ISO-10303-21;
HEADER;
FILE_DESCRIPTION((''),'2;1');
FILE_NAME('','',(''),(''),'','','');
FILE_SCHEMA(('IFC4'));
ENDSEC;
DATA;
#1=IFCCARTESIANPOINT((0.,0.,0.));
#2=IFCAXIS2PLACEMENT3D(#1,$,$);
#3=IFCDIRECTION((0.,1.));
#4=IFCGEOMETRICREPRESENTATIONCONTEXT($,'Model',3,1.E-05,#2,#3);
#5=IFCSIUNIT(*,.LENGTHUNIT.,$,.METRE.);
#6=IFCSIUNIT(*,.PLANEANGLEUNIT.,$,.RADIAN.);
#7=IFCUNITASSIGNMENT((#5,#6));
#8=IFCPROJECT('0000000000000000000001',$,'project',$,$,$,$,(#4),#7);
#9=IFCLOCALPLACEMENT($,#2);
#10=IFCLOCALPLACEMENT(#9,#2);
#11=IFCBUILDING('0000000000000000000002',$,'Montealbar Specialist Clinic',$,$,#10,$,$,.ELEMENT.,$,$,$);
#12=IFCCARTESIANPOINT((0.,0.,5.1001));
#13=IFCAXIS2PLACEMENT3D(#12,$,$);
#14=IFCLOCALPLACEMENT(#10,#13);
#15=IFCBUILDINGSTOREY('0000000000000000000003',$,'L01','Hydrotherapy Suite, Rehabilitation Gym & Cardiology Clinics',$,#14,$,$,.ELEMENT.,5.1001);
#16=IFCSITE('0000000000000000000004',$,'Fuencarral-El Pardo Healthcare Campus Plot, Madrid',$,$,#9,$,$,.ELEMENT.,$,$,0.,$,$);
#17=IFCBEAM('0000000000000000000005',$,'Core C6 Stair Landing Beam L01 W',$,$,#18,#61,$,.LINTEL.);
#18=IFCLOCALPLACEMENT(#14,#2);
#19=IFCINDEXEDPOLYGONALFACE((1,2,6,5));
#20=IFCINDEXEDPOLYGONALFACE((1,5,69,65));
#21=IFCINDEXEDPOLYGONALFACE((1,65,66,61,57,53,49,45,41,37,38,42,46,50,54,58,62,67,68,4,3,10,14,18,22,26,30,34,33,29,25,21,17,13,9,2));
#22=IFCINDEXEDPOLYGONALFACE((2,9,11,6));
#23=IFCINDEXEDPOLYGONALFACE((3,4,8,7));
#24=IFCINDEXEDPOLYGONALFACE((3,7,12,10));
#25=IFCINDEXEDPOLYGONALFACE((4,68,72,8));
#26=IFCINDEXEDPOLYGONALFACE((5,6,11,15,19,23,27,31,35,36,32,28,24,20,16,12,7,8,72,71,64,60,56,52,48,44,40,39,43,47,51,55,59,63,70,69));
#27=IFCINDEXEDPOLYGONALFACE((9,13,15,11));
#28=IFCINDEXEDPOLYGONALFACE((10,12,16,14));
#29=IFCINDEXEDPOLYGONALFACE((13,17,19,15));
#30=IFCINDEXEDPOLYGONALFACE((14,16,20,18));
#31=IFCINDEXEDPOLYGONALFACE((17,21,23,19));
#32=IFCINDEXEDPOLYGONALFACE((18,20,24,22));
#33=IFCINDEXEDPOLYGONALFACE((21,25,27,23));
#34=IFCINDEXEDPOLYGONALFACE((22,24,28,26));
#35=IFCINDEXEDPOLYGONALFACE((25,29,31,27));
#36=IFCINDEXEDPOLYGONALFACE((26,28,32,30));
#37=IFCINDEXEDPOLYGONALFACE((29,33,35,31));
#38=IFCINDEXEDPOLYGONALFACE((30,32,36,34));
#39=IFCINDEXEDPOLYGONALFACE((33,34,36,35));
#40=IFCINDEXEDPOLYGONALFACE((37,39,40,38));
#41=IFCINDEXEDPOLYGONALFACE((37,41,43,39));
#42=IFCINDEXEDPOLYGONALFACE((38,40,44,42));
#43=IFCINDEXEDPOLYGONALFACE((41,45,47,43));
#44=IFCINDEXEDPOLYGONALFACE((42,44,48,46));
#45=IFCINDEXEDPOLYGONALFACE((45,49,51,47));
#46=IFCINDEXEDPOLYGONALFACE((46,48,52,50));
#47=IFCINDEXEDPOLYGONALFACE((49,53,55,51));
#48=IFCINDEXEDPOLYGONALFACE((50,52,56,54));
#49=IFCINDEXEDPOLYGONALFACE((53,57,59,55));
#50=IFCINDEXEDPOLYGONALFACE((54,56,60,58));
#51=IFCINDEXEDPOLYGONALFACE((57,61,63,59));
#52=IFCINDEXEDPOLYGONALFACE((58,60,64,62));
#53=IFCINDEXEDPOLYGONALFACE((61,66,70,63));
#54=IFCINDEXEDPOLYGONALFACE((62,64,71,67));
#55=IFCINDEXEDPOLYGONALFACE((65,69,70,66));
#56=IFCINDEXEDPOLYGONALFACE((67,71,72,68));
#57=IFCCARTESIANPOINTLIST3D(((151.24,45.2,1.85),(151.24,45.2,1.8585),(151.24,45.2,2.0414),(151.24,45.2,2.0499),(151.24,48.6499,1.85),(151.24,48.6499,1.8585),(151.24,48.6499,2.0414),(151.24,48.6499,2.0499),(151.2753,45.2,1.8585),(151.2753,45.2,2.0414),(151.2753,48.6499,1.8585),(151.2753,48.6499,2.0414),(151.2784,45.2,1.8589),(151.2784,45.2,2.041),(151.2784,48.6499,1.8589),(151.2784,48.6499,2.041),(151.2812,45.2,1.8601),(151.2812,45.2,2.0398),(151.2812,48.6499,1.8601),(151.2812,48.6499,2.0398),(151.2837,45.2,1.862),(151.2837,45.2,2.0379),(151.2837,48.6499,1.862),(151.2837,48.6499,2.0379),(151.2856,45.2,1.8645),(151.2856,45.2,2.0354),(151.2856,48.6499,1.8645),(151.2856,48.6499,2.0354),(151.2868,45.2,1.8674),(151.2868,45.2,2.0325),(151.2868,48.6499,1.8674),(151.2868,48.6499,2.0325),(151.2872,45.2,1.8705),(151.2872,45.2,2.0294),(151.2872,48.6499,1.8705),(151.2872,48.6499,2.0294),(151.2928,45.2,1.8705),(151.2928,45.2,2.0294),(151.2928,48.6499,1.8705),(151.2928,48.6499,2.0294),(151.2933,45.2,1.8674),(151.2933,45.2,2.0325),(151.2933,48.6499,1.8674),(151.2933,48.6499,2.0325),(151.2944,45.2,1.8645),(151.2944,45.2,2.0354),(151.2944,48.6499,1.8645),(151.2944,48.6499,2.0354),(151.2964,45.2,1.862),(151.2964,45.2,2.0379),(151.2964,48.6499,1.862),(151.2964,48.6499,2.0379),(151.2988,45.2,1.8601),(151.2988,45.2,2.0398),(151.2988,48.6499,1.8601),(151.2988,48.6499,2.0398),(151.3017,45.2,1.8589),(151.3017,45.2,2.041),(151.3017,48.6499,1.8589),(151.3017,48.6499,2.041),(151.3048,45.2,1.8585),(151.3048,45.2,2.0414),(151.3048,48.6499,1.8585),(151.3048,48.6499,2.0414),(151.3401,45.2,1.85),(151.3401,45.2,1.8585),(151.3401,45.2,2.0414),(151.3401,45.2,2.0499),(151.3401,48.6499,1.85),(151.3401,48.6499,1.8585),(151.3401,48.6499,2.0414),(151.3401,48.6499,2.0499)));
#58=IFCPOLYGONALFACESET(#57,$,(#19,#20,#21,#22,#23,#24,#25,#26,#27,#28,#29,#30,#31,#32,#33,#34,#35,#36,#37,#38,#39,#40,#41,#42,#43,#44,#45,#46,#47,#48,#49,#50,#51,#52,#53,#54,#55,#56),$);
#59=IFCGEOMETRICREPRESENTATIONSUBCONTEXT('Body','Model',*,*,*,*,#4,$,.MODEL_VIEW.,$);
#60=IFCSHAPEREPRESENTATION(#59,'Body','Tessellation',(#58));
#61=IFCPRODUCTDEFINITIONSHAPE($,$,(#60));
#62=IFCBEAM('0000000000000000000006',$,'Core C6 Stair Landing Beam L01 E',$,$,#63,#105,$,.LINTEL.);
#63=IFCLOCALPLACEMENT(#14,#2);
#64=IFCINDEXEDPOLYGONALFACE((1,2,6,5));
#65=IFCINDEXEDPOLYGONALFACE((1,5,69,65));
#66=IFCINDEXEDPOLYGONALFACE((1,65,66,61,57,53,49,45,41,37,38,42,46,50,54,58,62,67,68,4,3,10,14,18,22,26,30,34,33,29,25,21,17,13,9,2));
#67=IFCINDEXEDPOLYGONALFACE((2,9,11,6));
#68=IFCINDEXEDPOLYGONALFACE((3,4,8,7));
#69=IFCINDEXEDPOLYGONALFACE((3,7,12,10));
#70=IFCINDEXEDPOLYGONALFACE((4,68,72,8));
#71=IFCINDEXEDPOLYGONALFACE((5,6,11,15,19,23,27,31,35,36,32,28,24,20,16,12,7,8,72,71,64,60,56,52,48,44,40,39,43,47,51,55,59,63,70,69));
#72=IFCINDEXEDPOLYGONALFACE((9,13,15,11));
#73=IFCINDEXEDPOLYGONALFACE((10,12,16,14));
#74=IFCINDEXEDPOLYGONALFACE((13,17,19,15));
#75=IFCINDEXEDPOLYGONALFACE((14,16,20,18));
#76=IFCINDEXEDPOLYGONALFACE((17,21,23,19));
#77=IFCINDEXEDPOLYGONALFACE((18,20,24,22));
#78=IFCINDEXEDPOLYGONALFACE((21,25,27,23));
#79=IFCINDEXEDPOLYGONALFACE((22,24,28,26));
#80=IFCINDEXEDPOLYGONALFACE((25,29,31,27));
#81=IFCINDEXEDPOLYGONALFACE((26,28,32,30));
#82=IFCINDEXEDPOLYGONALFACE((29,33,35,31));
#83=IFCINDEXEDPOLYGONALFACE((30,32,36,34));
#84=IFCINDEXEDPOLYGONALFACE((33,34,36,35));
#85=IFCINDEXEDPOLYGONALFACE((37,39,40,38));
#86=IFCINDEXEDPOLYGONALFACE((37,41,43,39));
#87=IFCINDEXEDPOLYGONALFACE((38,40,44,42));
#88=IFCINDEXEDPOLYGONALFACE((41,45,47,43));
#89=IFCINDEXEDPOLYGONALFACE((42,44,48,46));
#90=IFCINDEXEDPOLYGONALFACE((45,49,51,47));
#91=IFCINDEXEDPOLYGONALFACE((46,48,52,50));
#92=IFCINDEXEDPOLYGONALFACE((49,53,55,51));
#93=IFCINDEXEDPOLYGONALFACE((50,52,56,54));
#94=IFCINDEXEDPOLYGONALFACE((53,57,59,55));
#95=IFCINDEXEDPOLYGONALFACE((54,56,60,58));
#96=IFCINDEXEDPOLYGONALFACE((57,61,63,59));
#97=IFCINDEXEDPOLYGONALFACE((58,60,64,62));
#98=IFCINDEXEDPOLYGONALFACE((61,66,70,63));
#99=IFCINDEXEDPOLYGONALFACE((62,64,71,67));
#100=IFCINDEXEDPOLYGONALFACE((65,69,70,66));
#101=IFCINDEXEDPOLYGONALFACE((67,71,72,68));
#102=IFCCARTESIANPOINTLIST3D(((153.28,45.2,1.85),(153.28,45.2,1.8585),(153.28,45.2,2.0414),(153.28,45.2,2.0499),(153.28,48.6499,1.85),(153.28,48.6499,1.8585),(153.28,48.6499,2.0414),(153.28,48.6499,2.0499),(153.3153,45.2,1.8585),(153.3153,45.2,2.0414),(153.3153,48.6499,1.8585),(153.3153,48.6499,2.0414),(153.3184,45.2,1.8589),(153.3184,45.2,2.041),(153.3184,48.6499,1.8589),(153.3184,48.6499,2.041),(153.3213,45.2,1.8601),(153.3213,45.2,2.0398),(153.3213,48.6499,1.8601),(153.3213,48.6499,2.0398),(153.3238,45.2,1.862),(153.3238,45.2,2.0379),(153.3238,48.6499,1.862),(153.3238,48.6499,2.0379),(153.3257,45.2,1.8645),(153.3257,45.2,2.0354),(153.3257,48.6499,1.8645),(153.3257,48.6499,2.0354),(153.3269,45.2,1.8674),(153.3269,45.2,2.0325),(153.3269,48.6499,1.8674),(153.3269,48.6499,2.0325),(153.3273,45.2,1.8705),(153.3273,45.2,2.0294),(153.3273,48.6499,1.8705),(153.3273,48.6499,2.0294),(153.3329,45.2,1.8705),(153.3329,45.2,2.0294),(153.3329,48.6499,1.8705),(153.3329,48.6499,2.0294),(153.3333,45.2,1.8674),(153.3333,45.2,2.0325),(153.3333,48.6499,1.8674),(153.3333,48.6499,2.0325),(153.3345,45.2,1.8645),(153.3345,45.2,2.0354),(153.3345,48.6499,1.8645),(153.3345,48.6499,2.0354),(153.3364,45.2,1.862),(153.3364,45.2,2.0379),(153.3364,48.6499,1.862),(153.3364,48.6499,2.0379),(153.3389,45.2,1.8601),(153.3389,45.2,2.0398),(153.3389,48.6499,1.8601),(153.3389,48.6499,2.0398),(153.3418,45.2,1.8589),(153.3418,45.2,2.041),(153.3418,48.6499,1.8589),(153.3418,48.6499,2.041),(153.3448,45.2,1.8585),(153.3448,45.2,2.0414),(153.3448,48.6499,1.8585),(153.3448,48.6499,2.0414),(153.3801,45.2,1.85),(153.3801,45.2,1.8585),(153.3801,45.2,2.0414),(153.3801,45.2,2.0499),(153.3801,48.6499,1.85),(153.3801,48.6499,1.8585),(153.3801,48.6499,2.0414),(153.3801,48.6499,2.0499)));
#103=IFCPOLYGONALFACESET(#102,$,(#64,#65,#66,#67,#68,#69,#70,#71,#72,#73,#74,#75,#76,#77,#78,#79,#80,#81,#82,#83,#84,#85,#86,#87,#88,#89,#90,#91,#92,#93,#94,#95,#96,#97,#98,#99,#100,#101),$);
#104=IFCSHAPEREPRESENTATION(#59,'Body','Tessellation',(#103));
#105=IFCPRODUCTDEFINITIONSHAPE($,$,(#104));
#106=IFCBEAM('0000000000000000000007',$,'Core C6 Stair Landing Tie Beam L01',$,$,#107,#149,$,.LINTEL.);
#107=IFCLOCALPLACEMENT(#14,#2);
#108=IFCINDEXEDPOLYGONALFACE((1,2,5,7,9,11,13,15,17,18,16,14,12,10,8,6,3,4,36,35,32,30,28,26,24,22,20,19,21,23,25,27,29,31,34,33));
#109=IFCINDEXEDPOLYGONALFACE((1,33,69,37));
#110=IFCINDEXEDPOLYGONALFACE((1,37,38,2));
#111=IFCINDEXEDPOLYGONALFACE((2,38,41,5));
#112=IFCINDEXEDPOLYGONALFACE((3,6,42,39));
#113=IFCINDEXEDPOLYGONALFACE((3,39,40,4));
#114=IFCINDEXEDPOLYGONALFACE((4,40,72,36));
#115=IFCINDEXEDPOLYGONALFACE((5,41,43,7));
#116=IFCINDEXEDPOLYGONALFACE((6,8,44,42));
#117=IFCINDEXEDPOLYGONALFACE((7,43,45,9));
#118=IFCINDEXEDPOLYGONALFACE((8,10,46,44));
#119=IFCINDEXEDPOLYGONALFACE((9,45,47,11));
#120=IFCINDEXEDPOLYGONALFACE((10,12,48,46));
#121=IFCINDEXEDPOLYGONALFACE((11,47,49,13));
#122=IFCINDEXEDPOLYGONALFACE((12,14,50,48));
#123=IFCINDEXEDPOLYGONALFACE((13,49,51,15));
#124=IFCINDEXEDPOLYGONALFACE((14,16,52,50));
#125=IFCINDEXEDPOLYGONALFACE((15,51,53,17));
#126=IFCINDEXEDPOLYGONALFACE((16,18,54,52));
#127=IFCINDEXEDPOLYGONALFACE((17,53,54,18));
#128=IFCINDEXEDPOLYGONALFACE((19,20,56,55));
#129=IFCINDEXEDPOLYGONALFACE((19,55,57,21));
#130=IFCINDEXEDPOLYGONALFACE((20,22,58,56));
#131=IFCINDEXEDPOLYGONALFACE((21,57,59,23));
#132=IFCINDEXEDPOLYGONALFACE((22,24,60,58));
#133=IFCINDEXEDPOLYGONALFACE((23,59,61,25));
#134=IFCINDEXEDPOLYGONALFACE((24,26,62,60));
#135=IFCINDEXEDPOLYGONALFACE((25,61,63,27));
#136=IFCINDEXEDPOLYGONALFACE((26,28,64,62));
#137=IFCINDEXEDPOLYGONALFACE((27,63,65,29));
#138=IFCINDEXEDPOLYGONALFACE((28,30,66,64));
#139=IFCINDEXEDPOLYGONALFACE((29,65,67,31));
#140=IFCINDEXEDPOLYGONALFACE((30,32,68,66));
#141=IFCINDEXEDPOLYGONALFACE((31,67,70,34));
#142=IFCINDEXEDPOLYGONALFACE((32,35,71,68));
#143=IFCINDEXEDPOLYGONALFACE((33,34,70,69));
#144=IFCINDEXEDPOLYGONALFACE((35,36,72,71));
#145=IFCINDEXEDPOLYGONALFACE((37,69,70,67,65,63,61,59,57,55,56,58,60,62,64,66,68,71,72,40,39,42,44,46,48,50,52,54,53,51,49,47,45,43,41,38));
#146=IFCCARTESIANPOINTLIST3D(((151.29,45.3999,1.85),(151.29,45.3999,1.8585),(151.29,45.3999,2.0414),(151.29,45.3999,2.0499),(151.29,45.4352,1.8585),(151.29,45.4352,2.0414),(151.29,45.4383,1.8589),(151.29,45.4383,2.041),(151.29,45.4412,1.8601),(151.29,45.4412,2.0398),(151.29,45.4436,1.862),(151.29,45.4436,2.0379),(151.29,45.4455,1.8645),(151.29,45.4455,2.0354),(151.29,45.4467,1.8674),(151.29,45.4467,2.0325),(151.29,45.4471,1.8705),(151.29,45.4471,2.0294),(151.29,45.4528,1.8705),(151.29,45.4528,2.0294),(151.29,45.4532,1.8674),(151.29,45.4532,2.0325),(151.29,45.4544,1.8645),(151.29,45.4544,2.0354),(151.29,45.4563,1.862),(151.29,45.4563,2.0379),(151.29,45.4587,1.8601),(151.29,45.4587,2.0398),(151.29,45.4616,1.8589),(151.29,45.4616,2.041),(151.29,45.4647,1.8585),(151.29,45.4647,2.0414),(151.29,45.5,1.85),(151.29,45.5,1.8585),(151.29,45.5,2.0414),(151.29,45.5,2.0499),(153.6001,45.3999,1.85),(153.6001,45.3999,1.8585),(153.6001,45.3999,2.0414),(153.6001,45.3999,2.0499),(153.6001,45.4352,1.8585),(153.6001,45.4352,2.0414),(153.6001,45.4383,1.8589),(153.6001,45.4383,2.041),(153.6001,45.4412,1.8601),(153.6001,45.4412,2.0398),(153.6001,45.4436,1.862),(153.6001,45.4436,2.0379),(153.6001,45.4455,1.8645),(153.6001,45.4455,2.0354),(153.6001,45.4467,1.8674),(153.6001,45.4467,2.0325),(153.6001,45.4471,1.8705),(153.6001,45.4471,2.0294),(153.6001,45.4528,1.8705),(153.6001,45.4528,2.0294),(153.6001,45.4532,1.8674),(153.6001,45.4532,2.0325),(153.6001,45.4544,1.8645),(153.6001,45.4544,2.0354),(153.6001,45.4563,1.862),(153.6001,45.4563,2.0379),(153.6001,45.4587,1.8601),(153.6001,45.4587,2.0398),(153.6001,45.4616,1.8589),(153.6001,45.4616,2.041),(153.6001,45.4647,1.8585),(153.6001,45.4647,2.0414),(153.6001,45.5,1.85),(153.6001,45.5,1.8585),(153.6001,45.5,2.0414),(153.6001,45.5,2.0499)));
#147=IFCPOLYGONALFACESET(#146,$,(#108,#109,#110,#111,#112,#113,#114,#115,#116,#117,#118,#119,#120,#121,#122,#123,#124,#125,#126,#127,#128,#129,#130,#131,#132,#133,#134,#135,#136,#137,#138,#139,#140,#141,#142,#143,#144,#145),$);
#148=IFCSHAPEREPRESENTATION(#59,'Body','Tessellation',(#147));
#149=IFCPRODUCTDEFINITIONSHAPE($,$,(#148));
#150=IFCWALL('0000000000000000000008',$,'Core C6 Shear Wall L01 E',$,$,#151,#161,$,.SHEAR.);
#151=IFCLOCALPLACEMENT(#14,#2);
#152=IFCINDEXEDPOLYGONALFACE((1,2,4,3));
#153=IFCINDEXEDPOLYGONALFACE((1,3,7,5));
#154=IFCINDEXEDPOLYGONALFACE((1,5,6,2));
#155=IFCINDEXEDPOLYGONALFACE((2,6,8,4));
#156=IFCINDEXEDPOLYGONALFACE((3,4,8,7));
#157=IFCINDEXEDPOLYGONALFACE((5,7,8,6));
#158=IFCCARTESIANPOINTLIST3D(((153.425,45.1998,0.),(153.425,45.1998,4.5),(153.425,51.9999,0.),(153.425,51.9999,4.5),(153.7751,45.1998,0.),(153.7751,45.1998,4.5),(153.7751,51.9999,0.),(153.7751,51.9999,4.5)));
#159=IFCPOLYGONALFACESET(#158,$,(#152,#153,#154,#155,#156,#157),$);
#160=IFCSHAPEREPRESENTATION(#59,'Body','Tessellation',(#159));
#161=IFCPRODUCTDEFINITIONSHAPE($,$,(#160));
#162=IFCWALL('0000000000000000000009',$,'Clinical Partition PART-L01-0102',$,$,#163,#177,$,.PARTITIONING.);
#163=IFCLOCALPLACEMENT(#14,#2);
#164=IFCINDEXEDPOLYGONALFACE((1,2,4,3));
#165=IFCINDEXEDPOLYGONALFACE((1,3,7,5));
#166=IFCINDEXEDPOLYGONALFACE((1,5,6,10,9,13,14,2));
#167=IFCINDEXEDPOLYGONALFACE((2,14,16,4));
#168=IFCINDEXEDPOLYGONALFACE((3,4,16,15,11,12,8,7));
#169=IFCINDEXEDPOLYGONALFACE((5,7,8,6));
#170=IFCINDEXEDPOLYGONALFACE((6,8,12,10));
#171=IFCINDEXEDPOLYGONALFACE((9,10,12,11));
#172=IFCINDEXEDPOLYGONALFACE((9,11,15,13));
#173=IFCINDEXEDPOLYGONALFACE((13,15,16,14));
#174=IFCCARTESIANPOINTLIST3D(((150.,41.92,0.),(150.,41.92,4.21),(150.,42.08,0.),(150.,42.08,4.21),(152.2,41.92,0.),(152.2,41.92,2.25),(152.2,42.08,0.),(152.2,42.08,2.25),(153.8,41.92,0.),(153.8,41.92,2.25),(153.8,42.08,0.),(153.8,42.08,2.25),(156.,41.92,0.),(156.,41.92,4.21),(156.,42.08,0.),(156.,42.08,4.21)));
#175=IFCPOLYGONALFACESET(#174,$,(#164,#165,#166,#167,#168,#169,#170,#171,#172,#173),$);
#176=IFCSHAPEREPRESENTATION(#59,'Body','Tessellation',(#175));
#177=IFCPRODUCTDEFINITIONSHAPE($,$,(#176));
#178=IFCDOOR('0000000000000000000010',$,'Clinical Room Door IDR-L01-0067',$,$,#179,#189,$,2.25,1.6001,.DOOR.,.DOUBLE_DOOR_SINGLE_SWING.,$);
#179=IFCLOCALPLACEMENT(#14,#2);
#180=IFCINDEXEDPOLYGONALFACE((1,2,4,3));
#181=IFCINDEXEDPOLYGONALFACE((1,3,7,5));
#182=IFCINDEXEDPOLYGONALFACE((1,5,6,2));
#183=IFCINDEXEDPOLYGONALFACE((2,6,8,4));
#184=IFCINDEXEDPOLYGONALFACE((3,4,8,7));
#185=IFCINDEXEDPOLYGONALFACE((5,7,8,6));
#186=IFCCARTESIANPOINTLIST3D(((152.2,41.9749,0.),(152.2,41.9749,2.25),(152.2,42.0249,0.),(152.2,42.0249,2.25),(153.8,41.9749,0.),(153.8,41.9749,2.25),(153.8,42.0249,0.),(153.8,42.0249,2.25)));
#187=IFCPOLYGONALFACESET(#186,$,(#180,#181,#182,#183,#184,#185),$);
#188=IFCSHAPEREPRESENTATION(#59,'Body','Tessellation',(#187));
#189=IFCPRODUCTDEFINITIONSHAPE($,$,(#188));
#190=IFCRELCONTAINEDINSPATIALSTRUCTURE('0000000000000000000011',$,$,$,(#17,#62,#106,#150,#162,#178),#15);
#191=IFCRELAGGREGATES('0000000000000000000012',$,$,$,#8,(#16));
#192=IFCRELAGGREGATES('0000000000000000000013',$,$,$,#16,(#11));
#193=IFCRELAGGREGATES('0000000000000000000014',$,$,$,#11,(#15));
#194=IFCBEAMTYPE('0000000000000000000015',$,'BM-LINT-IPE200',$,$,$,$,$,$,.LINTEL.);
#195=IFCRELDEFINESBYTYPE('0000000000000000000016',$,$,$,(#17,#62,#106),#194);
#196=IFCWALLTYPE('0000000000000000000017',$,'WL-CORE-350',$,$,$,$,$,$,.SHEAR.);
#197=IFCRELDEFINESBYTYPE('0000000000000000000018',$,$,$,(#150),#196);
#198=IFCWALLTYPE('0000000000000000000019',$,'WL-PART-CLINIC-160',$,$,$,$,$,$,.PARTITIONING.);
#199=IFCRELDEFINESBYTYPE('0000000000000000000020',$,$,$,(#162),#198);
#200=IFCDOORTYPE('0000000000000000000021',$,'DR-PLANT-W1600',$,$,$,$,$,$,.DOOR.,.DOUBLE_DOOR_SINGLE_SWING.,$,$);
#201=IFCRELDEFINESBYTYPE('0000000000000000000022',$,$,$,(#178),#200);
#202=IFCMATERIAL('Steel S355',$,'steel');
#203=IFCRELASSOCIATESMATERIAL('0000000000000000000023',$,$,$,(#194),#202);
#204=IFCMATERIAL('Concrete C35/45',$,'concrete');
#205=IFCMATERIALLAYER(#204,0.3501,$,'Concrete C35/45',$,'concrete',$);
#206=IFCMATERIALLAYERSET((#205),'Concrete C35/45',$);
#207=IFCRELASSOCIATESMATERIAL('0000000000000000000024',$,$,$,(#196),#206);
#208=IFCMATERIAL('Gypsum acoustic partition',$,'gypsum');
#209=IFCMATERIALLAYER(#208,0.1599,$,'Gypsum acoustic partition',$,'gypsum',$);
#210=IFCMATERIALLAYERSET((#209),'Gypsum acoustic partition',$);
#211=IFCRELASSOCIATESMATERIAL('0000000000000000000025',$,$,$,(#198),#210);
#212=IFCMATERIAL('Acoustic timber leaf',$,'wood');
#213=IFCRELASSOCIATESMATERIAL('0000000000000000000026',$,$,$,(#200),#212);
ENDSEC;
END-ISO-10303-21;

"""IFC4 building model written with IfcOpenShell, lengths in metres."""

from ifc_helpers import new_model, si_unit, direction, frame, frame_2d, origin, origin_2d, place, context, subcontext, project, spatial, rectangle, i_section, extrude, material, layer, layer_set, material_profile, profile_set, type_object, element, fill, save


model = new_model("IFC4")

# Units and contexts
model_context = context("Model", 3, precision=1e-05, world=origin(), true_north=direction((0.0, 1.0)))
body_context = subcontext(model_context, "Body", "Model", "MODEL_VIEW")
ifc_project = project(units=[si_unit("LENGTHUNIT", "METRE"), si_unit("PLANEANGLEUNIT", "RADIAN")], contexts=[model_context])

# Site, building, storey
site_placement = place(None, origin())
site = spatial("IfcSite", under=ifc_project, at=site_placement, Name="Fuencarral-El Pardo Healthcare Campus Plot, Madrid", CompositionType="ELEMENT", RefElevation=0.0)
building_placement = place(site_placement, origin())
building = spatial("IfcBuilding", under=site, at=building_placement, Name="Montealbar Specialist Clinic", CompositionType="ELEMENT")
storey_placement = place(building_placement, frame((0.0, 0.0, 5.1001)))
storey = spatial("IfcBuildingStorey", under=building, at=storey_placement, Name="L01", Description="Hydrotherapy Suite, Rehabilitation Gym & Cardiology Clinics", CompositionType="ELEMENT", Elevation=5.1001)

# Shared definitions
ifc_material_1 = material(Name="Steel S355", Category="steel")

# Beams
ifc_material_profile_1 = material_profile(ifc_material_1, i_section(OverallWidth=0.1001, OverallDepth=0.2, WebThickness=0.0056, FlangeThickness=0.0085, FilletRadius=0.012, at=origin_2d()), Name="IPE 200", Category="steel")
ifc_profile_set_1 = profile_set([ifc_material_profile_1], Name="Steel S355")
beam_type_1 = type_object("IfcBeamType", Name="BM-LINT-IPE200", PredefinedType="LINTEL", material=ifc_profile_set_1)
for number, where, z_axis, x_axis, name in (
    (1, (151.29, 45.2, 1.95), (0.0, 1.0, 0.0), (-1.0, 0.0, 0.0), "Core C6 Stair Landing Beam L01 W"),
    (2, (153.3301, 45.2, 1.95), (0.0, 1.0, 0.0), (-1.0, 0.0, 0.0), "Core C6 Stair Landing Beam L01 E"),
):
    element("IfcBeam", number, at=place(storey_placement, frame(where, z_axis=z_axis, x_axis=x_axis)), inside=storey, type_object=beam_type_1, Name=name, PredefinedType="LINTEL", context=body_context, shape_type="SweptSolid", body=[
        extrude(i_section(OverallWidth=0.1001, OverallDepth=0.2, WebThickness=0.0056, FlangeThickness=0.0085, FilletRadius=0.012, at=origin_2d()), origin(), (0.0, 0.0, 1.0), 3.45),
    ])
beam_1_placement = place(storey_placement, frame((151.29, 45.45, 1.95), z_axis=(1.0, 0.0, 0.0), x_axis=(0.0, 1.0, 0.0)))
element("IfcBeam", 3, at=beam_1_placement, inside=storey, type_object=beam_type_1, Name="Core C6 Stair Landing Tie Beam L01", PredefinedType="LINTEL", context=body_context, shape_type="SweptSolid", body=[
    extrude(i_section(OverallWidth=0.1001, OverallDepth=0.2, WebThickness=0.0056, FlangeThickness=0.0085, FilletRadius=0.012, at=origin_2d()), origin(), (0.0, 0.0, 1.0), 2.3101),
])

# Wall
ifc_material_2 = material(Name="Concrete C35/45", Category="concrete")
ifc_layer_1 = layer(ifc_material_2, 0.3501, Name="Concrete C35/45", Category="concrete")
ifc_layer_set_1 = layer_set([ifc_layer_1], Name="Concrete C35/45")
wall_type_1 = type_object("IfcWallType", Name="WL-CORE-350", PredefinedType="SHEAR", material=ifc_layer_set_1)
wall_1_placement = place(storey_placement, frame((153.6001, 45.2, 0.0), z_axis=(0.0, 0.0, 1.0), x_axis=(0.0, 1.0, 0.0)))
element("IfcWall", 4, at=wall_1_placement, inside=storey, type_object=wall_type_1, Name="Core C6 Shear Wall L01 E", PredefinedType="SHEAR", context=body_context, shape_type="SweptSolid", body=[
    extrude(rectangle(XDim=6.8, YDim=0.3501, at=frame_2d((3.3999, 0.0))), origin(), (0.0, 0.0, 1.0), 4.5),
])

# Wall, opening, door
ifc_material_3 = material(Name="Gypsum acoustic partition", Category="gypsum")
ifc_layer_2 = layer(ifc_material_3, 0.1599, Name="Gypsum acoustic partition", Category="gypsum")
ifc_layer_set_2 = layer_set([ifc_layer_2], Name="Gypsum acoustic partition")
wall_type_2 = type_object("IfcWallType", Name="WL-PART-CLINIC-160", PredefinedType="PARTITIONING", material=ifc_layer_set_2)
wall_2_placement = place(storey_placement, frame((150.0, 42.0, 0.0), z_axis=(0.0, 0.0, 1.0), x_axis=(1.0, 0.0, 0.0)))
wall_2 = element("IfcWall", 5, at=wall_2_placement, inside=storey, type_object=wall_type_2, Name="Clinical Partition PART-L01-0102", PredefinedType="PARTITIONING", context=body_context, shape_type="SweptSolid", body=[
    extrude(rectangle(XDim=6.0, YDim=0.1599, at=frame_2d((3.0, 0.0))), origin(), (0.0, 0.0, 1.0), 4.21),
])
opening_placement = place(wall_2_placement, frame((2.2, 0.0, 0.0)))
opening = element("IfcOpeningElement", 6, at=opening_placement, cuts=wall_2, PredefinedType="OPENING", context=body_context, shape_type="SweptSolid", body=[
    extrude(rectangle(XDim=1.6001, YDim=2.25, at=frame_2d((0.8, 1.125))), frame((0.0, 0.0898, 0.0), z_axis=(0.0, -1.0, 0.0), x_axis=(1.0, 0.0, 0.0)), (0.0, 0.0, 1.0), 0.1799),
])
ifc_material_4 = material(Name="Acoustic timber leaf", Category="wood")
door_type = type_object("IfcDoorType", Name="DR-PLANT-W1600", OperationType="DOUBLE_DOOR_SINGLE_SWING", PredefinedType="DOOR", material=ifc_material_4)
door_placement = place(opening_placement, origin())
door = element("IfcDoor", 7, at=door_placement, inside=storey, type_object=door_type, Name="Clinical Room Door IDR-L01-0067", OperationType="DOUBLE_DOOR_SINGLE_SWING", OverallHeight=2.25, OverallWidth=1.6001, PredefinedType="DOOR", context=body_context, shape_type="SweptSolid", body=[
    extrude(rectangle(XDim=1.6001, YDim=2.25, at=frame_2d((0.8, 1.125))), frame((0.0, 0.0249, 0.0), z_axis=(0.0, -1.0, 0.0), x_axis=(1.0, 0.0, 0.0)), (0.0, 0.0, 1.0), 0.05),
])
fill(opening, door)

save(model, "model.ifc")
